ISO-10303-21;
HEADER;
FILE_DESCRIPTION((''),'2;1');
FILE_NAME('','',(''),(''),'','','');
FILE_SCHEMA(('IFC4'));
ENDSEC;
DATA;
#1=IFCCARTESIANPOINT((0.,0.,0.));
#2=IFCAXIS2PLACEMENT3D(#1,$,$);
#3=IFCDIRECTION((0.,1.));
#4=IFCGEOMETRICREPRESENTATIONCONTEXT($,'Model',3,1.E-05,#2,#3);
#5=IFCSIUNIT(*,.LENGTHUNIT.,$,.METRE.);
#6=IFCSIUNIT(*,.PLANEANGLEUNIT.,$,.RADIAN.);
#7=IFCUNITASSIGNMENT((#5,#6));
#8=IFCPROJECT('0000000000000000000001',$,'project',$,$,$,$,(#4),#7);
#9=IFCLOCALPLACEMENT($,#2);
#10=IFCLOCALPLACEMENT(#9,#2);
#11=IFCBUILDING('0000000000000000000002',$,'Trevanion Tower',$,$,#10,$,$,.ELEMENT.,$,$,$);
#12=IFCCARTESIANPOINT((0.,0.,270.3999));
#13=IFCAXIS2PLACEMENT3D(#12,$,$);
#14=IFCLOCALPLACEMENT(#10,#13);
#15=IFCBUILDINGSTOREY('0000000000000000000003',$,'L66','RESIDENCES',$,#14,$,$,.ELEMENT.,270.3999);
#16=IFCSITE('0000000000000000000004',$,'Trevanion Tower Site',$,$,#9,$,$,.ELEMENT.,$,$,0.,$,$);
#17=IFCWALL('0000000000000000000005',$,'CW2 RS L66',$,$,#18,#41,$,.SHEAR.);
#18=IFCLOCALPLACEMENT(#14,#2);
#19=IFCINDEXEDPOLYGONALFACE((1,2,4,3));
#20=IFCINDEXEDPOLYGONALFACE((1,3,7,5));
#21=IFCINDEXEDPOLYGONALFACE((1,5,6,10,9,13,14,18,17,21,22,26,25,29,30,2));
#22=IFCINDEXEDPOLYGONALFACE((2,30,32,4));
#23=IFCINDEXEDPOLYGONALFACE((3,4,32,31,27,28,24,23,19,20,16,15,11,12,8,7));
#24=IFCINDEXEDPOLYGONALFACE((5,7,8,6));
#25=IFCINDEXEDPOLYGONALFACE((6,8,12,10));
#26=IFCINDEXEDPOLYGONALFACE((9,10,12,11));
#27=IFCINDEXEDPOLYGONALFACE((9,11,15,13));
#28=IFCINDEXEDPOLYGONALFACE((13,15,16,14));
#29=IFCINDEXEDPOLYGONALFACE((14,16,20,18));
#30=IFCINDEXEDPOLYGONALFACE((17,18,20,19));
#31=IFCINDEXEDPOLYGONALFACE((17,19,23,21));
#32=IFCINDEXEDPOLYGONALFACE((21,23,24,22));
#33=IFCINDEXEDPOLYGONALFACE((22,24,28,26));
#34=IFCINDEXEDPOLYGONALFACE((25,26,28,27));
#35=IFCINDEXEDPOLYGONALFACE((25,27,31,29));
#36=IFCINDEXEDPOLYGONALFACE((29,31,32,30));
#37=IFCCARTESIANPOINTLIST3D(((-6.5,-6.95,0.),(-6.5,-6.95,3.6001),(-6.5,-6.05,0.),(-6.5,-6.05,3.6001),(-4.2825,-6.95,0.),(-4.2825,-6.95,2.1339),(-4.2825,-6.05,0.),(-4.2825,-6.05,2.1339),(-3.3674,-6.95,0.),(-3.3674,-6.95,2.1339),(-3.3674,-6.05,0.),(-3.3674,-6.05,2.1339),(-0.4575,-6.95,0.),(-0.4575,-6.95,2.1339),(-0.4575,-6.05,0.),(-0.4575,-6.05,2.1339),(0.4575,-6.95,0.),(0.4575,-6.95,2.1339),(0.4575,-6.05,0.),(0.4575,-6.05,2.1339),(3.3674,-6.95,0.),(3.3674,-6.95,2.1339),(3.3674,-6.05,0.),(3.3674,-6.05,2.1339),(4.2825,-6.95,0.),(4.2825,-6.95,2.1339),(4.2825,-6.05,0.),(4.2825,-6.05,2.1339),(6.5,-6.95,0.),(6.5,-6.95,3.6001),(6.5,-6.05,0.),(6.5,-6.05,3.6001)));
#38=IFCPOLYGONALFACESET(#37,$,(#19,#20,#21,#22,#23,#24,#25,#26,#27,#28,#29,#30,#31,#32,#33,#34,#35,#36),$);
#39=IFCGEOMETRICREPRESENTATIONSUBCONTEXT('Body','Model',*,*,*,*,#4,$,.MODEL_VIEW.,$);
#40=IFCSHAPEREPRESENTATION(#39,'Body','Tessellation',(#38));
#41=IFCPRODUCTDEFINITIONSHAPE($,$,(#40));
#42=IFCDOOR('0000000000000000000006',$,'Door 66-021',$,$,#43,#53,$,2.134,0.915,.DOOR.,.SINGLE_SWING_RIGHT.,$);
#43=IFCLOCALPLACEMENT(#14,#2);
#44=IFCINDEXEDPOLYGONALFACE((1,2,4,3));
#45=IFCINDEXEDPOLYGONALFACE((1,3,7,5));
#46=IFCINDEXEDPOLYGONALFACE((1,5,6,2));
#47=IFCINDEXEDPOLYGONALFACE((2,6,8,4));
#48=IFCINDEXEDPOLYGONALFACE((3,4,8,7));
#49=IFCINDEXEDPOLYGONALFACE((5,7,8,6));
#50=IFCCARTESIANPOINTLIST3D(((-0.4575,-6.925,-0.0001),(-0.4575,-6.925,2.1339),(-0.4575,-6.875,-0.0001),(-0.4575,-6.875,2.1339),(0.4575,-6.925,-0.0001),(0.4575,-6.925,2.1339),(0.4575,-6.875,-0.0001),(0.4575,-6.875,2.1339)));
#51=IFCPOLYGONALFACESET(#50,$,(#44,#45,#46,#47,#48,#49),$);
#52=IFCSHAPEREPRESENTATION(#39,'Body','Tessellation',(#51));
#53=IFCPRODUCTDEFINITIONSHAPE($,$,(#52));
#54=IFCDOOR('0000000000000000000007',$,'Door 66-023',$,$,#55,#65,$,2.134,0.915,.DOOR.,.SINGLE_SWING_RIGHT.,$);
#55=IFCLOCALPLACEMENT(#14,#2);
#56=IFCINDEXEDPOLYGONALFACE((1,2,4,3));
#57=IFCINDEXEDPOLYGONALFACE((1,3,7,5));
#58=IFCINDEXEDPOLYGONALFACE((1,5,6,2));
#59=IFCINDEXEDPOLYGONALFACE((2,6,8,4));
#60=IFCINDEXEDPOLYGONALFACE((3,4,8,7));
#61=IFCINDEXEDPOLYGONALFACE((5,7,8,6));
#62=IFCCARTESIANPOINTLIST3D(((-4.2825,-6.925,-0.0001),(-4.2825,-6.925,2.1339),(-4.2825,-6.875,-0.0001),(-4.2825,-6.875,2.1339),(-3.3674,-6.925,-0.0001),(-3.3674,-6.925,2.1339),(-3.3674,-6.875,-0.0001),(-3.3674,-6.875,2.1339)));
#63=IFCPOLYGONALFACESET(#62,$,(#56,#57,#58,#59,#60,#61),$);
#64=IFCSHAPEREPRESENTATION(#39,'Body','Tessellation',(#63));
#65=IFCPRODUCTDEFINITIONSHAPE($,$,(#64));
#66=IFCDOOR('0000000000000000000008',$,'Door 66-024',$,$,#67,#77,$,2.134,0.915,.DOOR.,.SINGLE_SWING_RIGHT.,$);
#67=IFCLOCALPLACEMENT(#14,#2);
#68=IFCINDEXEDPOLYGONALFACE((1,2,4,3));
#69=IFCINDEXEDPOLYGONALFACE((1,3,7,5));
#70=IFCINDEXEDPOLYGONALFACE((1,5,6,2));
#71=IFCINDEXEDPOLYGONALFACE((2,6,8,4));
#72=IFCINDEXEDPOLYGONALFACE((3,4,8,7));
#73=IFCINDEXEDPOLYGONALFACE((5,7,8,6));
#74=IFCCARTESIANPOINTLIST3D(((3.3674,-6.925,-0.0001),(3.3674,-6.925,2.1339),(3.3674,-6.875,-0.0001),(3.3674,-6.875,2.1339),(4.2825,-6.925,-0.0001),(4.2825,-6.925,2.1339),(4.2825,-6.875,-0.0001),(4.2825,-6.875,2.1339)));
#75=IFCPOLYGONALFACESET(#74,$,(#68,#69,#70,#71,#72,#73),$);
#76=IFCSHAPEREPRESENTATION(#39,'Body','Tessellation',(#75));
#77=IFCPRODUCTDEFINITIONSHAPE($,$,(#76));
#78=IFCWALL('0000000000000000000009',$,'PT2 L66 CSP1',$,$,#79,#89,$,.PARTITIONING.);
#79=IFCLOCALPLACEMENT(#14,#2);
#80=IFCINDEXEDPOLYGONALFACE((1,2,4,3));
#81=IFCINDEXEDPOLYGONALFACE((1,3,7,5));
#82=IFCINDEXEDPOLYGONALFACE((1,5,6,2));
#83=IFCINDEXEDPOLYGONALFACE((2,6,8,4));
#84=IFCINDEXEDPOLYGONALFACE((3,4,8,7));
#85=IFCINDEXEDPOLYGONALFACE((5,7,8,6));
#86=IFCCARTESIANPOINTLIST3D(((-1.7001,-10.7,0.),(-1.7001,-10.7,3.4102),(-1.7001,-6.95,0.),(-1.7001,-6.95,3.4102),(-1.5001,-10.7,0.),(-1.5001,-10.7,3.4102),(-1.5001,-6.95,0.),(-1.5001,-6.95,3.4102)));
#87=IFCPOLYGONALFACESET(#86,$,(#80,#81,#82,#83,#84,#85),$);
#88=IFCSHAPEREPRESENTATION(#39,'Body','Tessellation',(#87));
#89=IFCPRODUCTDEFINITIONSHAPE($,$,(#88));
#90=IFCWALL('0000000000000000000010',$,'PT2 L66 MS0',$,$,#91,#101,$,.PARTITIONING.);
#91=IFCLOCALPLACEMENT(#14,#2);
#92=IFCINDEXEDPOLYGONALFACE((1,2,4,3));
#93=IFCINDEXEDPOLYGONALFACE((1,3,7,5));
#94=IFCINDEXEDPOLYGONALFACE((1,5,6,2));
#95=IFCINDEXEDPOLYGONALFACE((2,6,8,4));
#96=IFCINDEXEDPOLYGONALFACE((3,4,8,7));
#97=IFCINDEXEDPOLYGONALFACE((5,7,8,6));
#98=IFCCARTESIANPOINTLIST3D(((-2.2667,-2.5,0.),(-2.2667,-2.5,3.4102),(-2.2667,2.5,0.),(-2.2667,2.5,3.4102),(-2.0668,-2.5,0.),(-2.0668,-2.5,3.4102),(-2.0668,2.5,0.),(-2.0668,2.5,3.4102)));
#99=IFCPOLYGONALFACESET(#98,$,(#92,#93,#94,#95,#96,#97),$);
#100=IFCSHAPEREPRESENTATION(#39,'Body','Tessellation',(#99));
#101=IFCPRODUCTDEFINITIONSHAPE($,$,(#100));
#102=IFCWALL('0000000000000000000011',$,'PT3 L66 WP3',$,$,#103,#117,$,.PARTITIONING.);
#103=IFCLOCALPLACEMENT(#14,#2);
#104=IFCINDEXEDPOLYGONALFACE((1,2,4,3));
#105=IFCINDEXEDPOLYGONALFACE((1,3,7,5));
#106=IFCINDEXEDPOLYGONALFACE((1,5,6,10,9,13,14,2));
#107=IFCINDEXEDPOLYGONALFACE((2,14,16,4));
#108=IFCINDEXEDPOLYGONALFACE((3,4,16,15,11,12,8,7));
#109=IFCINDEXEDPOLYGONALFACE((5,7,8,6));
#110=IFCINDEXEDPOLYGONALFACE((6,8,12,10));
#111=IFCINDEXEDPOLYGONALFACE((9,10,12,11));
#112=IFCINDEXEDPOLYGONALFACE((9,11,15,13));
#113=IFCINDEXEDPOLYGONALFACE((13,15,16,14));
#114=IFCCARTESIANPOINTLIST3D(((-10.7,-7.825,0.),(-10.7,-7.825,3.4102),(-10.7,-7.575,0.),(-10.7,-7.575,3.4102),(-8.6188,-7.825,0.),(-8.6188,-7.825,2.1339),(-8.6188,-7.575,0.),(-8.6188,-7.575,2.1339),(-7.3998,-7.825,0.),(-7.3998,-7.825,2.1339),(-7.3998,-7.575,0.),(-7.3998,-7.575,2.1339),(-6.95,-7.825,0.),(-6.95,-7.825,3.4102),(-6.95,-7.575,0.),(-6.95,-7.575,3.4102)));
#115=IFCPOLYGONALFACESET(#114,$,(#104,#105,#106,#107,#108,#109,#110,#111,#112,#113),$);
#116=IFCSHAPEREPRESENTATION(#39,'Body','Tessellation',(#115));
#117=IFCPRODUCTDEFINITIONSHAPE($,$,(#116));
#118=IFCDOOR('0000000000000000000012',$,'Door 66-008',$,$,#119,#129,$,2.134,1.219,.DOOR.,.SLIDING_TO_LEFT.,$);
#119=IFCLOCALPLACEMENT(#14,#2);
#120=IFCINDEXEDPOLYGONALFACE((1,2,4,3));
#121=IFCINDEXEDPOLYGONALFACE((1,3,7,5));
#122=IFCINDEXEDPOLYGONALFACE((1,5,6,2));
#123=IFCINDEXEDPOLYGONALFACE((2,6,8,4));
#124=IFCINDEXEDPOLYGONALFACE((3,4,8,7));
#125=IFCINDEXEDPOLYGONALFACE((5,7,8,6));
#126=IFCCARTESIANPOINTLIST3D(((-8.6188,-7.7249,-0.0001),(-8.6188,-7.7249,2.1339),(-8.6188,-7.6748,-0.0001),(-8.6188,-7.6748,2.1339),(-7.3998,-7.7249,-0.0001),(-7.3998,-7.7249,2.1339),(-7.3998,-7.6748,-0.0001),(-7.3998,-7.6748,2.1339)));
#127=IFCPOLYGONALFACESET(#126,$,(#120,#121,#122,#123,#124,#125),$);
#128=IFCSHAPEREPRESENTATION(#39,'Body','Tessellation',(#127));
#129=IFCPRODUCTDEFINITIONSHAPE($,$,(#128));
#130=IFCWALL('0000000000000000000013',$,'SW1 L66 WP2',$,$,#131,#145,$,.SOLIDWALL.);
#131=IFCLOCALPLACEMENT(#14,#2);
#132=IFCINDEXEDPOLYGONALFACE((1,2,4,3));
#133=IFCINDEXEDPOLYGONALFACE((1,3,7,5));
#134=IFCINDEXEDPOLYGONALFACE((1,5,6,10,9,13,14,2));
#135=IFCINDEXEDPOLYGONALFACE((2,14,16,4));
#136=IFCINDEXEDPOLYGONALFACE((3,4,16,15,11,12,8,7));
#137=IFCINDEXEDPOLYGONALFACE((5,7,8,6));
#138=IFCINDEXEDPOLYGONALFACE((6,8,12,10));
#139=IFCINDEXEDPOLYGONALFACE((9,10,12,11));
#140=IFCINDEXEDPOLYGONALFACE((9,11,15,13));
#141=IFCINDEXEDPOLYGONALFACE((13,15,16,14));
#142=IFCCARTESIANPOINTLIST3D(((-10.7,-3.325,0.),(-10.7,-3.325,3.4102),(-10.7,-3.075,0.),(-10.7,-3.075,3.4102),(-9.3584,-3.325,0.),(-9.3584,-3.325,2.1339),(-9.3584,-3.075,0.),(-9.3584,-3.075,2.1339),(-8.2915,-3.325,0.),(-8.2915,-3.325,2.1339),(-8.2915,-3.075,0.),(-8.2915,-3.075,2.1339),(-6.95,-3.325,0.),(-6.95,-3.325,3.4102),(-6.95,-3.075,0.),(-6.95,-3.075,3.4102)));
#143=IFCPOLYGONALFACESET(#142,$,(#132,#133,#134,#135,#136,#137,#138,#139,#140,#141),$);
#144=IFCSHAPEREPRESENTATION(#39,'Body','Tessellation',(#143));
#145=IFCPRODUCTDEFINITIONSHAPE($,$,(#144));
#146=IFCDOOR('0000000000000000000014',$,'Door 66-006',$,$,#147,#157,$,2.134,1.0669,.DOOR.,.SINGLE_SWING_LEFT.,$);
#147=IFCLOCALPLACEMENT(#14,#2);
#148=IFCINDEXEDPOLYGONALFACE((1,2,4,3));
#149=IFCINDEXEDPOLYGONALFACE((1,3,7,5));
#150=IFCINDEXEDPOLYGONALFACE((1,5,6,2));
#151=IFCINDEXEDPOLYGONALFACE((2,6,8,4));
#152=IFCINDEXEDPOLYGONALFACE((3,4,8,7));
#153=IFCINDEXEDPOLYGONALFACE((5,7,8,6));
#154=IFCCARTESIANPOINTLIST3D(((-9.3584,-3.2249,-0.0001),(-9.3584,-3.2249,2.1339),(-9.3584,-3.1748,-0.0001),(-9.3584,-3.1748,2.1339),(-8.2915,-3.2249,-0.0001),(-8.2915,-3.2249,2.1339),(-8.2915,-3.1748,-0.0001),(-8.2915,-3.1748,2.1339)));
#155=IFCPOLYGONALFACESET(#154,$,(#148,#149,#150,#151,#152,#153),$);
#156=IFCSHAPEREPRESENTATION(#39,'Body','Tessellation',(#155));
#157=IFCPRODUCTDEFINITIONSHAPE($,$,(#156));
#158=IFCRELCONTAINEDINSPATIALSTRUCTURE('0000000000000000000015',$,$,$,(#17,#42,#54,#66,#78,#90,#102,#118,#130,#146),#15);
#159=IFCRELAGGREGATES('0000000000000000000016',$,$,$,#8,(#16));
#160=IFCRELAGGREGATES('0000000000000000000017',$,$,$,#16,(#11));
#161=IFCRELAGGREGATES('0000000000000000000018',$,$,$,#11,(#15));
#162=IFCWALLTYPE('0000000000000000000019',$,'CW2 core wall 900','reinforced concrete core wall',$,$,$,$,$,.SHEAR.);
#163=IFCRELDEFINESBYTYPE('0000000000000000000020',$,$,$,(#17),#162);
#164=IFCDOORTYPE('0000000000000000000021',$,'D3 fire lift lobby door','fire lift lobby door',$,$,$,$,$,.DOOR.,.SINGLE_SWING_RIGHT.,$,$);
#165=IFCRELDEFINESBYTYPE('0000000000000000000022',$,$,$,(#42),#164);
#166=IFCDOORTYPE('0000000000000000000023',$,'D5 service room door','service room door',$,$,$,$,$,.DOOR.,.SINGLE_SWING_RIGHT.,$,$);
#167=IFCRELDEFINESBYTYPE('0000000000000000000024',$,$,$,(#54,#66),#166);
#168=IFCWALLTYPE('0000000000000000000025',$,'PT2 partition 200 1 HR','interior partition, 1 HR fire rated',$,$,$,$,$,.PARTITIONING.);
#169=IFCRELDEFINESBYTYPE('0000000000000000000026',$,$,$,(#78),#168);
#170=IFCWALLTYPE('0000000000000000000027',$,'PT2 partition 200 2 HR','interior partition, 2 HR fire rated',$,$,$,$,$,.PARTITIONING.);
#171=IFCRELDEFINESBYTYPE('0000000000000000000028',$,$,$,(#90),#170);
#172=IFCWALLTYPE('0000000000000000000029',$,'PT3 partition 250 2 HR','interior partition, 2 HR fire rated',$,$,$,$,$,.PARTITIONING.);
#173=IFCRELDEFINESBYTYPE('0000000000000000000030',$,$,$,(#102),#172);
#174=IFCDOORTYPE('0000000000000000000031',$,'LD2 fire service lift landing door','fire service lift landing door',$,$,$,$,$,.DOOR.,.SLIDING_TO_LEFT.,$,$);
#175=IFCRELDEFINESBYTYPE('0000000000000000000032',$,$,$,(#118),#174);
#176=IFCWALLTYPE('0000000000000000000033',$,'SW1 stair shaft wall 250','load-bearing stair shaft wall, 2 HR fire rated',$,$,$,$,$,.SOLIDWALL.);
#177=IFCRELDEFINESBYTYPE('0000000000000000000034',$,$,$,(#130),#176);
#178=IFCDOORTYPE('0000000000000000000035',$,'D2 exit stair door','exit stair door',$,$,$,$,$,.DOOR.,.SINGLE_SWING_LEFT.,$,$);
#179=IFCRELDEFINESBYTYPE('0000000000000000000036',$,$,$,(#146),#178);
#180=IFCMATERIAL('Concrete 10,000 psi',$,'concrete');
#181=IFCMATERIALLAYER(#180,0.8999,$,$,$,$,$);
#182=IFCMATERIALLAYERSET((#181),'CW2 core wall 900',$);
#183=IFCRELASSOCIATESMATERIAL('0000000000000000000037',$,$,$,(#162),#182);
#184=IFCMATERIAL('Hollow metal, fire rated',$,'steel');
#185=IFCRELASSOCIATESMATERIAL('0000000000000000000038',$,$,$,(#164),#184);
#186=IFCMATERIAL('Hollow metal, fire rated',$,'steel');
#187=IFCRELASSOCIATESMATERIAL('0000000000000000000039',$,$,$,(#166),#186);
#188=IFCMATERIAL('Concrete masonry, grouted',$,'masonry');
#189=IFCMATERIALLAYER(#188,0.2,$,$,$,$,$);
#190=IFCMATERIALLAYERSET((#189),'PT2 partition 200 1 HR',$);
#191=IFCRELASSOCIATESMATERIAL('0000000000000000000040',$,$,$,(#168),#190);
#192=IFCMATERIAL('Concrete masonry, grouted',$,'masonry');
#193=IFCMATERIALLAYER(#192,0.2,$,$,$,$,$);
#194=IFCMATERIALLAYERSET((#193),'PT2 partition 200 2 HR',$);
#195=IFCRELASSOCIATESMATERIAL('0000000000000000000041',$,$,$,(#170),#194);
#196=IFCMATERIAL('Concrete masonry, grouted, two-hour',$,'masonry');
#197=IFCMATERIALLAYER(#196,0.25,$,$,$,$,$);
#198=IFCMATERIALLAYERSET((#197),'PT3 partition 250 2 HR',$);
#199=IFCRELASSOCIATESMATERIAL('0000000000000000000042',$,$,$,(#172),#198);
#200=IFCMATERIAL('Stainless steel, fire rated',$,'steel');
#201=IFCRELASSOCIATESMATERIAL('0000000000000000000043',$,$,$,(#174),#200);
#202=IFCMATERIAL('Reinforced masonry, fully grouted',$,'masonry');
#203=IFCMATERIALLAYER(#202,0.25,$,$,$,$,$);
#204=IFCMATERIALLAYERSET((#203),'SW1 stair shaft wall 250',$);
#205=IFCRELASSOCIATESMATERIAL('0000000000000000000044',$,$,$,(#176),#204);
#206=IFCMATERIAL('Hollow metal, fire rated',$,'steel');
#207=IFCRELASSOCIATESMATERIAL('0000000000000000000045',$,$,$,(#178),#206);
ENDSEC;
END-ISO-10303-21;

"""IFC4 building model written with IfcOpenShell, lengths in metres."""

from ifc_helpers import new_model, si_unit, direction, frame, frame_2d, origin, place, context, subcontext, project, spatial, rectangle, extrude, material, layer, layer_set, type_object, element, fill, save


model = new_model("IFC4")

# Units and contexts
model_context = context("Model", 3, precision=1e-05, world=origin(), true_north=direction((0.0, 1.0)))
body_context = subcontext(model_context, "Body", "Model", "MODEL_VIEW")
ifc_project = project(units=[si_unit("LENGTHUNIT", "METRE"), si_unit("PLANEANGLEUNIT", "RADIAN")], contexts=[model_context])

# Site, building, storey
site_placement = place(None, origin())
site = spatial("IfcSite", under=ifc_project, at=site_placement, Name="Trevanion Tower Site", CompositionType="ELEMENT", RefElevation=0.0)
building_placement = place(site_placement, origin())
building = spatial("IfcBuilding", under=site, at=building_placement, Name="Trevanion Tower", CompositionType="ELEMENT")
storey_placement = place(building_placement, frame((0.0, 0.0, 270.3999)))
storey = spatial("IfcBuildingStorey", under=building, at=storey_placement, Name="L66", Description="RESIDENCES", CompositionType="ELEMENT", Elevation=270.3999)

# Shared definitions
ifc_material_1 = material(Name="Concrete 10,000 psi", Category="concrete")
ifc_layer_1 = layer(ifc_material_1, 0.8999)
ifc_layer_set_1 = layer_set([ifc_layer_1], Name="CW2 core wall 900")
wall_type_1 = type_object("IfcWallType", Name="CW2 core wall 900", Description="reinforced concrete core wall", PredefinedType="SHEAR", material=ifc_layer_set_1)

# Wall, openings, doors
wall_1_placement = place(storey_placement, frame((-6.5, -6.5, 0.0), z_axis=(0.0, 0.0, 1.0), x_axis=(1.0, 0.0, 0.0)))
wall_1 = element("IfcWall", 1, at=wall_1_placement, inside=storey, type_object=wall_type_1, Name="CW2 RS L66", PredefinedType="SHEAR", context=body_context, shape_type="SweptSolid", body=[
    extrude(rectangle(XDim=13.0, YDim=0.8999, at=frame_2d((6.5, 0.0))), origin(), (0.0, 0.0, 1.0), 3.6001),
])
opening_1_placement = place(wall_1_placement, frame((6.0425, 0.0, 0.0)))
opening_1 = element("IfcOpeningElement", 2, at=opening_1_placement, cuts=wall_1, PredefinedType="OPENING", context=body_context, shape_type="SweptSolid", body=[
    extrude(rectangle(XDim=0.915, YDim=2.134, at=frame_2d((0.4575, 1.0669))), frame((0.0, 0.46, 0.0), z_axis=(0.0, -1.0, 0.0), x_axis=(1.0, 0.0, 0.0)), (0.0, 0.0, 1.0), 0.9199),
])
opening_2_placement = place(wall_1_placement, frame((2.2175, 0.0, 0.0)))
opening_2 = element("IfcOpeningElement", 3, at=opening_2_placement, cuts=wall_1, PredefinedType="OPENING", context=body_context, shape_type="SweptSolid", body=[
    extrude(rectangle(XDim=0.915, YDim=2.134, at=frame_2d((0.4575, 1.0669))), frame((0.0, 0.46, 0.0), z_axis=(0.0, -1.0, 0.0), x_axis=(1.0, 0.0, 0.0)), (0.0, 0.0, 1.0), 0.9199),
])
opening_3_placement = place(wall_1_placement, frame((9.8674, 0.0, 0.0)))
opening_3 = element("IfcOpeningElement", 4, at=opening_3_placement, cuts=wall_1, PredefinedType="OPENING", context=body_context, shape_type="SweptSolid", body=[
    extrude(rectangle(XDim=0.915, YDim=2.134, at=frame_2d((0.4575, 1.0669))), frame((0.0, 0.46, 0.0), z_axis=(0.0, -1.0, 0.0), x_axis=(1.0, 0.0, 0.0)), (0.0, 0.0, 1.0), 0.9199),
])
ifc_material_2 = material(Name="Hollow metal, fire rated", Category="steel")
door_type_1 = type_object("IfcDoorType", Name="D3 fire lift lobby door", Description="fire lift lobby door", OperationType="SINGLE_SWING_RIGHT", PredefinedType="DOOR", material=ifc_material_2)
door_1_placement = place(opening_1_placement, origin())
door_1 = element("IfcDoor", 5, at=door_1_placement, inside=storey, type_object=door_type_1, Name="Door 66-021", OperationType="SINGLE_SWING_RIGHT", OverallHeight=2.134, OverallWidth=0.915, PredefinedType="DOOR", context=body_context, shape_type="SweptSolid", body=[
    extrude(rectangle(XDim=0.915, YDim=2.134, at=frame_2d((0.4575, 1.0669))), frame((0.0, -0.375, 0.0), z_axis=(0.0, -1.0, 0.0), x_axis=(1.0, 0.0, 0.0)), (0.0, 0.0, 1.0), 0.05),
])
fill(opening_1, door_1)
ifc_material_3 = material(Name="Hollow metal, fire rated", Category="steel")
door_type_2 = type_object("IfcDoorType", Name="D5 service room door", Description="service room door", OperationType="SINGLE_SWING_RIGHT", PredefinedType="DOOR", material=ifc_material_3)
door_2_placement = place(opening_2_placement, origin())
door_2 = element("IfcDoor", 6, at=door_2_placement, inside=storey, type_object=door_type_2, Name="Door 66-023", OperationType="SINGLE_SWING_RIGHT", OverallHeight=2.134, OverallWidth=0.915, PredefinedType="DOOR", context=body_context, shape_type="SweptSolid", body=[
    extrude(rectangle(XDim=0.915, YDim=2.134, at=frame_2d((0.4575, 1.0669))), frame((0.0, -0.375, 0.0), z_axis=(0.0, -1.0, 0.0), x_axis=(1.0, 0.0, 0.0)), (0.0, 0.0, 1.0), 0.05),
])
fill(opening_2, door_2)
door_3_placement = place(opening_3_placement, origin())
door_3 = element("IfcDoor", 7, at=door_3_placement, inside=storey, type_object=door_type_2, Name="Door 66-024", OperationType="SINGLE_SWING_RIGHT", OverallHeight=2.134, OverallWidth=0.915, PredefinedType="DOOR", context=body_context, shape_type="SweptSolid", body=[
    extrude(rectangle(XDim=0.915, YDim=2.134, at=frame_2d((0.4575, 1.0669))), frame((0.0, -0.375, 0.0), z_axis=(0.0, -1.0, 0.0), x_axis=(1.0, 0.0, 0.0)), (0.0, 0.0, 1.0), 0.05),
])
fill(opening_3, door_3)

# Walls
ifc_material_4 = material(Name="Concrete masonry, grouted", Category="masonry")
ifc_layer_2 = layer(ifc_material_4, 0.2)
ifc_layer_set_2 = layer_set([ifc_layer_2], Name="PT2 partition 200 1 HR")
wall_type_2 = type_object("IfcWallType", Name="PT2 partition 200 1 HR", Description="interior partition, 1 HR fire rated", PredefinedType="PARTITIONING", material=ifc_layer_set_2)
wall_2_placement = place(storey_placement, frame((-1.6001, -6.95, 0.0), z_axis=(0.0, 0.0, 1.0), x_axis=(0.0, -1.0, 0.0)))
element("IfcWall", 8, at=wall_2_placement, inside=storey, type_object=wall_type_2, Name="PT2 L66 CSP1", PredefinedType="PARTITIONING", context=body_context, shape_type="SweptSolid", body=[
    extrude(rectangle(XDim=3.75, YDim=0.2, at=frame_2d((1.875, 0.0))), origin(), (0.0, 0.0, 1.0), 3.4102),
])
ifc_material_5 = material(Name="Concrete masonry, grouted", Category="masonry")
ifc_layer_3 = layer(ifc_material_5, 0.2)
ifc_layer_set_3 = layer_set([ifc_layer_3], Name="PT2 partition 200 2 HR")
wall_type_3 = type_object("IfcWallType", Name="PT2 partition 200 2 HR", Description="interior partition, 2 HR fire rated", PredefinedType="PARTITIONING", material=ifc_layer_set_3)
wall_3_placement = place(storey_placement, frame((-2.1667, -2.5, 0.0), z_axis=(0.0, 0.0, 1.0), x_axis=(0.0, 1.0, 0.0)))
element("IfcWall", 9, at=wall_3_placement, inside=storey, type_object=wall_type_3, Name="PT2 L66 MS0", PredefinedType="PARTITIONING", context=body_context, shape_type="SweptSolid", body=[
    extrude(rectangle(XDim=5.0, YDim=0.2, at=frame_2d((2.5, 0.0))), origin(), (0.0, 0.0, 1.0), 3.4102),
])

# Walls, openings, doors
ifc_material_6 = material(Name="Concrete masonry, grouted, two-hour", Category="masonry")
ifc_layer_4 = layer(ifc_material_6, 0.25)
ifc_layer_set_4 = layer_set([ifc_layer_4], Name="PT3 partition 250 2 HR")
wall_type_4 = type_object("IfcWallType", Name="PT3 partition 250 2 HR", Description="interior partition, 2 HR fire rated", PredefinedType="PARTITIONING", material=ifc_layer_set_4)
wall_4_placement = place(storey_placement, frame((-6.95, -7.7, 0.0), z_axis=(0.0, 0.0, 1.0), x_axis=(-1.0, 0.0, 0.0)))
wall_4 = element("IfcWall", 10, at=wall_4_placement, inside=storey, type_object=wall_type_4, Name="PT3 L66 WP3", PredefinedType="PARTITIONING", context=body_context, shape_type="SweptSolid", body=[
    extrude(rectangle(XDim=3.75, YDim=0.25, at=frame_2d((1.875, 0.0))), origin(), (0.0, 0.0, 1.0), 3.4102),
])
opening_4_placement = place(wall_4_placement, frame((0.45, 0.0, 0.0)))
opening_4 = element("IfcOpeningElement", 11, at=opening_4_placement, cuts=wall_4, PredefinedType="OPENING", context=body_context, shape_type="SweptSolid", body=[
    extrude(rectangle(XDim=1.219, YDim=2.134, at=frame_2d((0.6094, 1.0669))), frame((0.0, 0.135, 0.0), z_axis=(0.0, -1.0, 0.0), x_axis=(1.0, 0.0, 0.0)), (0.0, 0.0, 1.0), 0.27),
])
ifc_material_7 = material(Name="Stainless steel, fire rated", Category="steel")
door_type_3 = type_object("IfcDoorType", Name="LD2 fire service lift landing door", Description="fire service lift landing door", OperationType="SLIDING_TO_LEFT", PredefinedType="DOOR", material=ifc_material_7)
door_4_placement = place(opening_4_placement, origin())
door_4 = element("IfcDoor", 12, at=door_4_placement, inside=storey, type_object=door_type_3, Name="Door 66-008", OperationType="SLIDING_TO_LEFT", OverallHeight=2.134, OverallWidth=1.219, PredefinedType="DOOR", context=body_context, shape_type="SweptSolid", body=[
    extrude(rectangle(XDim=1.219, YDim=2.134, at=frame_2d((0.6094, 1.0669))), frame((0.0, 0.0249, 0.0), z_axis=(0.0, -1.0, 0.0), x_axis=(1.0, 0.0, 0.0)), (0.0, 0.0, 1.0), 0.05),
])
fill(opening_4, door_4)
ifc_material_8 = material(Name="Reinforced masonry, fully grouted", Category="masonry")
ifc_layer_5 = layer(ifc_material_8, 0.25)
ifc_layer_set_5 = layer_set([ifc_layer_5], Name="SW1 stair shaft wall 250")
wall_type_5 = type_object("IfcWallType", Name="SW1 stair shaft wall 250", Description="load-bearing stair shaft wall, 2 HR fire rated", PredefinedType="SOLIDWALL", material=ifc_layer_set_5)
wall_5_placement = place(storey_placement, frame((-6.95, -3.2, 0.0), z_axis=(0.0, 0.0, 1.0), x_axis=(-1.0, 0.0, 0.0)))
wall_5 = element("IfcWall", 13, at=wall_5_placement, inside=storey, type_object=wall_type_5, Name="SW1 L66 WP2", PredefinedType="SOLIDWALL", context=body_context, shape_type="SweptSolid", body=[
    extrude(rectangle(XDim=3.75, YDim=0.25, at=frame_2d((1.875, 0.0))), origin(), (0.0, 0.0, 1.0), 3.4102),
])
opening_5_placement = place(wall_5_placement, frame((1.3416, 0.0, 0.0)))
opening_5 = element("IfcOpeningElement", 14, at=opening_5_placement, cuts=wall_5, PredefinedType="OPENING", context=body_context, shape_type="SweptSolid", body=[
    extrude(rectangle(XDim=1.0669, YDim=2.134, at=frame_2d((0.5334, 1.0669))), frame((0.0, 0.135, 0.0), z_axis=(0.0, -1.0, 0.0), x_axis=(1.0, 0.0, 0.0)), (0.0, 0.0, 1.0), 0.27),
])
ifc_material_9 = material(Name="Hollow metal, fire rated", Category="steel")
door_type_4 = type_object("IfcDoorType", Name="D2 exit stair door", Description="exit stair door", OperationType="SINGLE_SWING_LEFT", PredefinedType="DOOR", material=ifc_material_9)
door_5_placement = place(opening_5_placement, origin())
door_5 = element("IfcDoor", 15, at=door_5_placement, inside=storey, type_object=door_type_4, Name="Door 66-006", OperationType="SINGLE_SWING_LEFT", OverallHeight=2.134, OverallWidth=1.0669, PredefinedType="DOOR", context=body_context, shape_type="SweptSolid", body=[
    extrude(rectangle(XDim=1.0669, YDim=2.134, at=frame_2d((0.5334, 1.0669))), frame((0.0, 0.0249, 0.0), z_axis=(0.0, -1.0, 0.0), x_axis=(1.0, 0.0, 0.0)), (0.0, 0.0, 1.0), 0.05),
])
fill(opening_5, door_5)

save(model, "model.ifc")
